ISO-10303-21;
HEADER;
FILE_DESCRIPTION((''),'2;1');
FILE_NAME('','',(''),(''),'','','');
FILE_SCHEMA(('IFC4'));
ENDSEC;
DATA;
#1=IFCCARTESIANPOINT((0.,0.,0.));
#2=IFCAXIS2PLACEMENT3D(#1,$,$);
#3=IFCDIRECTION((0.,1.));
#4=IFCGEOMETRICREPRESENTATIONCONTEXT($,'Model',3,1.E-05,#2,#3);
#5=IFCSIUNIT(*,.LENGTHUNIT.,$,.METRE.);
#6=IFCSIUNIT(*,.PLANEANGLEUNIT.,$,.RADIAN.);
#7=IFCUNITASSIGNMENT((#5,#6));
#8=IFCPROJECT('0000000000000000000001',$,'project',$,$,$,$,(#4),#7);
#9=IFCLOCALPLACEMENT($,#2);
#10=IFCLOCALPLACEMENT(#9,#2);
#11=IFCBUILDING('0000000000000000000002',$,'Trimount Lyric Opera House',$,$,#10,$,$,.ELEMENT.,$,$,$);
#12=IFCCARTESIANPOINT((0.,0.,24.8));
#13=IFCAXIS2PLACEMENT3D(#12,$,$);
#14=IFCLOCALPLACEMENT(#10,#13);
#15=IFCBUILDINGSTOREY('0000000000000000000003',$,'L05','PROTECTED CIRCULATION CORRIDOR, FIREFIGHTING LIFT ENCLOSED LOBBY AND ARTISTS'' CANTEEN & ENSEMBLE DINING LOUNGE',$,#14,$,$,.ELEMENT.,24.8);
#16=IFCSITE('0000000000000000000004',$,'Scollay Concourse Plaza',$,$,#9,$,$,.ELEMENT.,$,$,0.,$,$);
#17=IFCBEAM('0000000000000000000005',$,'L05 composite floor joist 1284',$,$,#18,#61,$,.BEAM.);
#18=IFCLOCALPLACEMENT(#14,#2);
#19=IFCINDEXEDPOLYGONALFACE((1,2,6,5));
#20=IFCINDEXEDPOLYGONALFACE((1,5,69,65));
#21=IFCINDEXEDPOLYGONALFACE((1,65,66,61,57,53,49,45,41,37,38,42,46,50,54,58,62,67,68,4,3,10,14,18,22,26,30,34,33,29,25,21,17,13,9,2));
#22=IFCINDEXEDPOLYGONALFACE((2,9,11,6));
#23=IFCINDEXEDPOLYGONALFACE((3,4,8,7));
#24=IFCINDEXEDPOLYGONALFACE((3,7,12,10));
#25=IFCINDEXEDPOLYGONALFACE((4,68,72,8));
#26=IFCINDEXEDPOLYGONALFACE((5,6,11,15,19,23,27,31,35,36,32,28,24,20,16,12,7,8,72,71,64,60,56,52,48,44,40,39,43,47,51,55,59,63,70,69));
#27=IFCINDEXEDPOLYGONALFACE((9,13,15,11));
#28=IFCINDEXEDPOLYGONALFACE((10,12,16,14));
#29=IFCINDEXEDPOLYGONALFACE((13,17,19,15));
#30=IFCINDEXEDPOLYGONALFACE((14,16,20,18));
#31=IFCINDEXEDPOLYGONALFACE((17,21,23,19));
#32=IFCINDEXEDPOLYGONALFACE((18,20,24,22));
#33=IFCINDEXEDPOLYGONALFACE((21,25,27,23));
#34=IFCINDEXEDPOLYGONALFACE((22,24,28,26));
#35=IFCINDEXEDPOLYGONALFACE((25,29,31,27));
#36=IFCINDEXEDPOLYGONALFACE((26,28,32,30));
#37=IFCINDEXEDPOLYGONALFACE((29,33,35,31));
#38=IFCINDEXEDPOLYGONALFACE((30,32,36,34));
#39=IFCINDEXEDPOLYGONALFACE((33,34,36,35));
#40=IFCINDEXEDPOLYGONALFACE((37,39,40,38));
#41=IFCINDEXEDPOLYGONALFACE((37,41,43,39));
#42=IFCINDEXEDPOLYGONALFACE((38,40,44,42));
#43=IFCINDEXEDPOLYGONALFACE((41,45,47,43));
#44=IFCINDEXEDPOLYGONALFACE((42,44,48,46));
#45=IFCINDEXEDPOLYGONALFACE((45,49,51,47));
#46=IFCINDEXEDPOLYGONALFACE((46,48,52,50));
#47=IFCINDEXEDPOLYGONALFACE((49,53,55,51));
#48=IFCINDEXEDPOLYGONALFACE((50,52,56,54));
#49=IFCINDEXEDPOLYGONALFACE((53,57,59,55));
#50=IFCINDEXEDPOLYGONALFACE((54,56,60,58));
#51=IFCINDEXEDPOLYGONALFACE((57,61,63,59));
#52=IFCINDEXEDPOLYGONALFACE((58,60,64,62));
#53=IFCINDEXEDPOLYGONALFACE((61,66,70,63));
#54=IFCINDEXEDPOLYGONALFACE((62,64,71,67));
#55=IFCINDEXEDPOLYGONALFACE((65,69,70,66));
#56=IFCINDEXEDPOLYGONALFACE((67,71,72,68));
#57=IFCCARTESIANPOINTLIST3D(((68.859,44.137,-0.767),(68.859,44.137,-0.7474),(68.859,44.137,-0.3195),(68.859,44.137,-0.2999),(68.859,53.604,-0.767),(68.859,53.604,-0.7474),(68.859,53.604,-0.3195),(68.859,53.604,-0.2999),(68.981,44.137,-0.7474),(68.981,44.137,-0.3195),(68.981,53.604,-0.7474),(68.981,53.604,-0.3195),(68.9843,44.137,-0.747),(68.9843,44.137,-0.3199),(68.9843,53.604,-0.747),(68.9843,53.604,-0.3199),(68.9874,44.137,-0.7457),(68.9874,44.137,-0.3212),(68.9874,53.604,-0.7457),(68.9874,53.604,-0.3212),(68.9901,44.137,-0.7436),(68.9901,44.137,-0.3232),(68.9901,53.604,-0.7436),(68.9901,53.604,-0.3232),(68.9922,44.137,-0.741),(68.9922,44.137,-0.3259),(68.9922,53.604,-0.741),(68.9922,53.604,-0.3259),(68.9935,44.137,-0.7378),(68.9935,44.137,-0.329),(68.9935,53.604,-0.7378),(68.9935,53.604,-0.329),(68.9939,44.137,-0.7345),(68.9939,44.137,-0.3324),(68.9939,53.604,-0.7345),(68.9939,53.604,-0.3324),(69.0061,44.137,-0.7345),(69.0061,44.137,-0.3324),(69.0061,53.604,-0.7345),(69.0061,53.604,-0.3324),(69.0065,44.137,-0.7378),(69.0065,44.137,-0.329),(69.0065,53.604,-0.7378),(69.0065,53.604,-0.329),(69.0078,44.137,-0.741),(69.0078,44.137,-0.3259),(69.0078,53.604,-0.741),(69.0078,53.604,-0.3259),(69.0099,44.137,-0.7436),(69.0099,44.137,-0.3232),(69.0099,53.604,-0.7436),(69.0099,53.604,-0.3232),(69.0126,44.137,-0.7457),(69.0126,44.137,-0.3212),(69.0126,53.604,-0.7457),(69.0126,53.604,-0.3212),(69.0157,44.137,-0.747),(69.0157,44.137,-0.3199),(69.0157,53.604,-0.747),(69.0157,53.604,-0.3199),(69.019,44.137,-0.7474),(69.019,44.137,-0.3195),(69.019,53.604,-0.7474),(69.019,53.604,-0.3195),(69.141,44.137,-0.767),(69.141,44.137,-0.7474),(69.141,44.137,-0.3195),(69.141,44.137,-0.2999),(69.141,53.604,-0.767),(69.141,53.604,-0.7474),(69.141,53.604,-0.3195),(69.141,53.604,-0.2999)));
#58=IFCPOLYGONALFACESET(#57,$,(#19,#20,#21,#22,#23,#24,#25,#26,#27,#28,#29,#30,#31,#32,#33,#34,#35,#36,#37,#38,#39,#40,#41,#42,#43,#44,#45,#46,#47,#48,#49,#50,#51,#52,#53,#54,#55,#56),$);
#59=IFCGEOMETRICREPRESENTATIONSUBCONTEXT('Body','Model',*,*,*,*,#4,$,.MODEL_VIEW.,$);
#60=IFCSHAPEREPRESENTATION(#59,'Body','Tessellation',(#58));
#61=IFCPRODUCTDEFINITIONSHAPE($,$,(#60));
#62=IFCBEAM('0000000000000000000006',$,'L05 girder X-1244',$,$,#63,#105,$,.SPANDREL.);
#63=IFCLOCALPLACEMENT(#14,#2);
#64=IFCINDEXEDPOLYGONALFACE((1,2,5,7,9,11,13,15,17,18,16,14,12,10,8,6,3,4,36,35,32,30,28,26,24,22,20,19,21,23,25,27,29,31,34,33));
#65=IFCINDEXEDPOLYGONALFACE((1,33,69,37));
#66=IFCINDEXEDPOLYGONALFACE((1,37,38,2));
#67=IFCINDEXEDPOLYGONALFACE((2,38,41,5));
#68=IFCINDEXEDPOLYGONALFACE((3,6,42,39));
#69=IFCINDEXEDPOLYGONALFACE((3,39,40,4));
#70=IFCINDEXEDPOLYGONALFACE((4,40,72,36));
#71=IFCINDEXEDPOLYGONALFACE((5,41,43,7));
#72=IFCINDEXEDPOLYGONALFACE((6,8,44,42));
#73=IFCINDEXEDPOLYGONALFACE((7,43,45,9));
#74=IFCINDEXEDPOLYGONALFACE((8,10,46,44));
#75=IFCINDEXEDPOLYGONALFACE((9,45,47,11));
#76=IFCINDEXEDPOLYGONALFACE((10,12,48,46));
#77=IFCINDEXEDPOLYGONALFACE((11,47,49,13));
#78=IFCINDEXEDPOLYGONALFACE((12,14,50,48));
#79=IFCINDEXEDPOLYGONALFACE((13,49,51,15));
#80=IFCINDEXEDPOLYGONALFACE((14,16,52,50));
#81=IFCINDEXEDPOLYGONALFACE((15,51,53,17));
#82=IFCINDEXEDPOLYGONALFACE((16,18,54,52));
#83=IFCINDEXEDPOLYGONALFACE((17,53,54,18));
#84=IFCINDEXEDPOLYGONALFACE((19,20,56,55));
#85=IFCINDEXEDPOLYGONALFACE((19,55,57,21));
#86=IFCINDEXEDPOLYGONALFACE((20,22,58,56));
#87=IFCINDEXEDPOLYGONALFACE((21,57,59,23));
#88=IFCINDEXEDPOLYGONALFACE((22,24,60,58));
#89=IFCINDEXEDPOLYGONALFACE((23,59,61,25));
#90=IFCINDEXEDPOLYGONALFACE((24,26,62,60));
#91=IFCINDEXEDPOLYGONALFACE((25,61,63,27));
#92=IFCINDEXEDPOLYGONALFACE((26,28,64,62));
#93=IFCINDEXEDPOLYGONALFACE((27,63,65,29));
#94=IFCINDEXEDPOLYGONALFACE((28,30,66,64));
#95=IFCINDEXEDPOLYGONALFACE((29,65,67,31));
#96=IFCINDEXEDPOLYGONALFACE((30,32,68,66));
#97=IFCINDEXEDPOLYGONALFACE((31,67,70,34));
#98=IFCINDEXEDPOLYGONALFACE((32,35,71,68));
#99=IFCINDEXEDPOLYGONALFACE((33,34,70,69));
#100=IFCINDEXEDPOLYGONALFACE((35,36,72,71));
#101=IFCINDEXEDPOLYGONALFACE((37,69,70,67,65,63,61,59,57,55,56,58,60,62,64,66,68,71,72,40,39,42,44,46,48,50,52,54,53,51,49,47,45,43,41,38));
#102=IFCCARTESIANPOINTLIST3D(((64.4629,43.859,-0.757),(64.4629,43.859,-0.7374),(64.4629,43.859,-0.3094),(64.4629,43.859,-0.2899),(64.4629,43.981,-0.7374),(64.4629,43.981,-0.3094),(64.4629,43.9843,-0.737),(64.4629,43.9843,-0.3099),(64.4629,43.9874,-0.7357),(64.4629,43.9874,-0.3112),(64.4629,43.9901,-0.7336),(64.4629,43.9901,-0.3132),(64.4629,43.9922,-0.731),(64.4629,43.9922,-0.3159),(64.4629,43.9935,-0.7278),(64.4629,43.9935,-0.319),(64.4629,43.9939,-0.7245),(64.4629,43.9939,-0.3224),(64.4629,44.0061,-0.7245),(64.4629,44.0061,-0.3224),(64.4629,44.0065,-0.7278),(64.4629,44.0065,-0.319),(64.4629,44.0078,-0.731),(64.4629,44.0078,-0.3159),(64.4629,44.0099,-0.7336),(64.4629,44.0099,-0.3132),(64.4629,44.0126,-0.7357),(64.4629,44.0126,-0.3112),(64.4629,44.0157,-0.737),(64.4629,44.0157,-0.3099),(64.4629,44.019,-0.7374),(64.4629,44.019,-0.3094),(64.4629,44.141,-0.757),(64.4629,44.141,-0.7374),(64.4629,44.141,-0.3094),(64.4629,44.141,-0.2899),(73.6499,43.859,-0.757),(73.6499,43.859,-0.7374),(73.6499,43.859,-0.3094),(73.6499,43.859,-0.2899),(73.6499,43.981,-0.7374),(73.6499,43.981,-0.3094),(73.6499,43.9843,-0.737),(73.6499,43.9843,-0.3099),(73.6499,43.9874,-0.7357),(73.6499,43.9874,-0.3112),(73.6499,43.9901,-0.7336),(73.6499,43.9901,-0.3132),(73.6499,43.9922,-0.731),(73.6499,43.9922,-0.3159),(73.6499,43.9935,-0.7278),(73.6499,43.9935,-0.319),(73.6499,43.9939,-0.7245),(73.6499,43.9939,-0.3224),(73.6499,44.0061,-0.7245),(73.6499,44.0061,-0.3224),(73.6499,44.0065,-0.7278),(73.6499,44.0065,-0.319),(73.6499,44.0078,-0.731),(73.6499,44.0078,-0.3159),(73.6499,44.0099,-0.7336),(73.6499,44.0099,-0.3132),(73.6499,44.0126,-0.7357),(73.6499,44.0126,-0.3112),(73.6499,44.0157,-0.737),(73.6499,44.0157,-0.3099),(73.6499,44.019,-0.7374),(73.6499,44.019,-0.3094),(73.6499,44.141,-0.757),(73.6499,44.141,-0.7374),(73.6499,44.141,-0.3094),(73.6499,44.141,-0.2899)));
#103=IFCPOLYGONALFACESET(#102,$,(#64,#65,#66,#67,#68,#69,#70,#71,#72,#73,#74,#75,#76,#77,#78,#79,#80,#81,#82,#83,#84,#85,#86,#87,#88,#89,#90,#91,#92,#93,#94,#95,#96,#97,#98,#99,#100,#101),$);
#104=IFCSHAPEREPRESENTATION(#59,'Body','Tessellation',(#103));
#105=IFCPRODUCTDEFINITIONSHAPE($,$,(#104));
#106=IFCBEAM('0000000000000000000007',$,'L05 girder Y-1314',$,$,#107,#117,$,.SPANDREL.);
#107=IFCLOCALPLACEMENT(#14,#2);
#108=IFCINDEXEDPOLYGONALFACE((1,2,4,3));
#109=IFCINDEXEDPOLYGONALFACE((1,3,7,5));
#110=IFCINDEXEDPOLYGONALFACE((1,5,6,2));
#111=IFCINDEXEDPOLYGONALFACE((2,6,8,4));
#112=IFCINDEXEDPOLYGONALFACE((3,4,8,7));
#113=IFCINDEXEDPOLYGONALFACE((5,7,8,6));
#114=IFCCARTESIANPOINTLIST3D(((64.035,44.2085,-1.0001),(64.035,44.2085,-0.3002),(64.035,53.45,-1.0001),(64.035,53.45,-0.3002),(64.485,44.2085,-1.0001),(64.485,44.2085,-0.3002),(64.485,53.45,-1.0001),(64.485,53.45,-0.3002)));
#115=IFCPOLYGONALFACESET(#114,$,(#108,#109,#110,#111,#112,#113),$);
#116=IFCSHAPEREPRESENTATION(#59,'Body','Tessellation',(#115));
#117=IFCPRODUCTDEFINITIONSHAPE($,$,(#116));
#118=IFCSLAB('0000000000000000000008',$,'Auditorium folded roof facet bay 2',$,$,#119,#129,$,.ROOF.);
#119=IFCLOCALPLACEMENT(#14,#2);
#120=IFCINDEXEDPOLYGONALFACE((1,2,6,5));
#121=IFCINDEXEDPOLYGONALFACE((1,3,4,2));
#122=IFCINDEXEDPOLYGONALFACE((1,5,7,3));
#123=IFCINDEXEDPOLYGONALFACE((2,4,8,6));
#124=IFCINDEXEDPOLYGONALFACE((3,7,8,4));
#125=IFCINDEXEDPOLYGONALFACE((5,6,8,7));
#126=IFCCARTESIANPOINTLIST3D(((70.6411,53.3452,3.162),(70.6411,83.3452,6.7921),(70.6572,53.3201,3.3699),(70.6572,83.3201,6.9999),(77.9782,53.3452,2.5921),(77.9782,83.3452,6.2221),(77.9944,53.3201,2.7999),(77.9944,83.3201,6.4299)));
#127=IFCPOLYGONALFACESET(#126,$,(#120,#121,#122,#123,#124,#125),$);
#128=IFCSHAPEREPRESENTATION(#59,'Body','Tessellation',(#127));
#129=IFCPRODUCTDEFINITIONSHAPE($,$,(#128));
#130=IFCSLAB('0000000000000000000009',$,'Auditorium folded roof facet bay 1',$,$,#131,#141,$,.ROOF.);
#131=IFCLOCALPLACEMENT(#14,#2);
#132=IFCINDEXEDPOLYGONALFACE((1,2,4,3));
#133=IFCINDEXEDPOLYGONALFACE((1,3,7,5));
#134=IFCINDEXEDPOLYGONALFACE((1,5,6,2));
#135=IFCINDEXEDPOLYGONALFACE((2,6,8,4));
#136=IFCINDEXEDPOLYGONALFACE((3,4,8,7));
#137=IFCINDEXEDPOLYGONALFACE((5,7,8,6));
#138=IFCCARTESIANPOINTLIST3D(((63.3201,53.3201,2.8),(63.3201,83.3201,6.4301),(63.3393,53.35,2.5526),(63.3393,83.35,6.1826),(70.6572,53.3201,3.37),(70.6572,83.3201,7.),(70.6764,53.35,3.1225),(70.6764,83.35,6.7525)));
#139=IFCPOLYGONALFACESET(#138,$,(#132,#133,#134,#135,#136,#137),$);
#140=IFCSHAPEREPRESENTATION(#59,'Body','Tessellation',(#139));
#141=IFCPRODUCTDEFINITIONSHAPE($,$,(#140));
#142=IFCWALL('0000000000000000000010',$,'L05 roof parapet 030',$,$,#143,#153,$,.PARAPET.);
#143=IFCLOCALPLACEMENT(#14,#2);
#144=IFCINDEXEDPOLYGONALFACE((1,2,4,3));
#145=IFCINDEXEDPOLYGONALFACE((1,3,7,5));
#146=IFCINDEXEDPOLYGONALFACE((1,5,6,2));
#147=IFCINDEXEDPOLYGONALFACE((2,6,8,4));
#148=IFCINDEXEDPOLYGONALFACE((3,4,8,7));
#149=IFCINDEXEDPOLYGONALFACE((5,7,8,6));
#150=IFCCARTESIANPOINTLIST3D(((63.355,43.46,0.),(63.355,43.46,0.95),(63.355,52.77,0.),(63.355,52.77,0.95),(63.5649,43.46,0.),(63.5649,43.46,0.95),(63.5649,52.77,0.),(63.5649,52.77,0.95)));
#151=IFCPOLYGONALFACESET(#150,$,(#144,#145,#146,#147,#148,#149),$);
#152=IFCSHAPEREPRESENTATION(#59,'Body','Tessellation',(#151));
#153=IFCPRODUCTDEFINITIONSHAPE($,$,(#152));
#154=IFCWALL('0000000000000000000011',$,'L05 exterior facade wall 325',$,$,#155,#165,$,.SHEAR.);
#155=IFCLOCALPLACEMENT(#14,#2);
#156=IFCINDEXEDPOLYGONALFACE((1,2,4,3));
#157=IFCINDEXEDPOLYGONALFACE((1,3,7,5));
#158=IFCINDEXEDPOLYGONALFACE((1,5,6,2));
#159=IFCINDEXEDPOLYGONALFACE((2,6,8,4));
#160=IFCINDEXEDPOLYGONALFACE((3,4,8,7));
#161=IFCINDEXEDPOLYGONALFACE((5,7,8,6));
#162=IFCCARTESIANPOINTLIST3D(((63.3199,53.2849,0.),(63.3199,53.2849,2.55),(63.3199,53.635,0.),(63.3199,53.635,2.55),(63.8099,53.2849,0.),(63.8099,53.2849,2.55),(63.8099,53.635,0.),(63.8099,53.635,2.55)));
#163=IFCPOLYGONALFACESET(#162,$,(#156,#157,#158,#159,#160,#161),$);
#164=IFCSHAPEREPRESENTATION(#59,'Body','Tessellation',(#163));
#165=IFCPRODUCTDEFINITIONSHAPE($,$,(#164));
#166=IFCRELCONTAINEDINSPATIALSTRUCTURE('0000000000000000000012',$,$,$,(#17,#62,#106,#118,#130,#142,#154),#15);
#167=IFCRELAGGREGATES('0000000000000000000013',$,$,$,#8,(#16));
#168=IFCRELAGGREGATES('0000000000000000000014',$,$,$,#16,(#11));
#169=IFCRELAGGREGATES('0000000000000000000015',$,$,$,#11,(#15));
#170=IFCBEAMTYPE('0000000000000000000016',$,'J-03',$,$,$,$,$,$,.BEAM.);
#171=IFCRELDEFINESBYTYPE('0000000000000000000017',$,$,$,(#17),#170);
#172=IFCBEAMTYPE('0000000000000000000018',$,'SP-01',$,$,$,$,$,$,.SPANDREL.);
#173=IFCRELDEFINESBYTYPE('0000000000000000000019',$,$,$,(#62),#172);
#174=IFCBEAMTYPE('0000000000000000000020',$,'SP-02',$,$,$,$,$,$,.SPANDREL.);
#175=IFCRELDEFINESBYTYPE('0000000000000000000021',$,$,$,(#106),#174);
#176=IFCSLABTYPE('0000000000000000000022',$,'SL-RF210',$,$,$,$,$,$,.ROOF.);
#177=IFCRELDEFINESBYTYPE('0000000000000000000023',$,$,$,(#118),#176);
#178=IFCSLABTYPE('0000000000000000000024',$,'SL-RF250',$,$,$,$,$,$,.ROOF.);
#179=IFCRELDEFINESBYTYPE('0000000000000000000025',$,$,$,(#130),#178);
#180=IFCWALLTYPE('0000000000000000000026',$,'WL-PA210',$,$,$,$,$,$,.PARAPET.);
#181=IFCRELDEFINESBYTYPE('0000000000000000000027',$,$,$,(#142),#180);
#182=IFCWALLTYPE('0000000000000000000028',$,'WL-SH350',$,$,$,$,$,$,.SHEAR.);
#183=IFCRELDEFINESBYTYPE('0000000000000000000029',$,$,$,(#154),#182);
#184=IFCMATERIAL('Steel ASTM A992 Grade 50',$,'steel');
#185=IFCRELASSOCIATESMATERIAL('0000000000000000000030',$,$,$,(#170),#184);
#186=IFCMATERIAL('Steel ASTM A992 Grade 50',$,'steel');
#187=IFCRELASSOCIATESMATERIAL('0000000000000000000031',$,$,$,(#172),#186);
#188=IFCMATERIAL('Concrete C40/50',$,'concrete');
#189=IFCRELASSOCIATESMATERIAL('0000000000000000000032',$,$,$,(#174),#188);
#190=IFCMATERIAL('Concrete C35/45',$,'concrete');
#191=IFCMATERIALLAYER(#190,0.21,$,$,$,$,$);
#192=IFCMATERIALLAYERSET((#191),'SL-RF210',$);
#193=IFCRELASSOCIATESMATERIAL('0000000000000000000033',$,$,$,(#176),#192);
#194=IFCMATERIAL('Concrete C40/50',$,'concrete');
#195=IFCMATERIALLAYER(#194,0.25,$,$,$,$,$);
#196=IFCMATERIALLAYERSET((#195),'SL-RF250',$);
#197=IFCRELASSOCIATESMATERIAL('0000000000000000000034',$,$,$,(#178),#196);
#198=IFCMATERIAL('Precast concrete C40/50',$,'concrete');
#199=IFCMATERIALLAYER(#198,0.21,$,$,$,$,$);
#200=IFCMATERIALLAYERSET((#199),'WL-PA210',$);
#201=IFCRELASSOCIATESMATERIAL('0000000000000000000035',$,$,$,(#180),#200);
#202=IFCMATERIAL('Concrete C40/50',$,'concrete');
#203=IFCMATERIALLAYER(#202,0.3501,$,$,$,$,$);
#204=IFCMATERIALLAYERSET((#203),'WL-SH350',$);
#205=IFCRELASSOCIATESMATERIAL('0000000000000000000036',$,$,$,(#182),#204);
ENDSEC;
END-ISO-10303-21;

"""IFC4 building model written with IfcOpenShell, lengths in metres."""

from ifc_helpers import new_model, si_unit, direction, frame, frame_2d, origin, origin_2d, place, context, subcontext, project, spatial, polyline, rectangle, i_section, outline, extrude, material, layer, layer_set, material_profile, profile_set, type_object, element, save


model = new_model("IFC4")

# Units and contexts
model_context = context("Model", 3, precision=1e-05, world=origin(), true_north=direction((0.0, 1.0)))
body_context = subcontext(model_context, "Body", "Model", "MODEL_VIEW")
ifc_project = project(units=[si_unit("LENGTHUNIT", "METRE"), si_unit("PLANEANGLEUNIT", "RADIAN")], contexts=[model_context])

# Site, building, storey
site_placement = place(None, origin())
site = spatial("IfcSite", under=ifc_project, at=site_placement, Name="Scollay Concourse Plaza", CompositionType="ELEMENT", RefElevation=0.0)
building_placement = place(site_placement, origin())
building = spatial("IfcBuilding", under=site, at=building_placement, Name="Trimount Lyric Opera House", CompositionType="ELEMENT")
storey_placement = place(building_placement, frame((0.0, 0.0, 24.8)))
storey = spatial("IfcBuildingStorey", under=building, at=storey_placement, Name="L05", Description="PROTECTED CIRCULATION CORRIDOR, FIREFIGHTING LIFT ENCLOSED LOBBY AND ARTISTS' CANTEEN & ENSEMBLE DINING LOUNGE", CompositionType="ELEMENT", Elevation=24.8)

# Beams
ifc_material_1 = material(Name="Steel ASTM A992 Grade 50", Category="steel")
ifc_material_profile_1 = material_profile(ifc_material_1, i_section(OverallWidth=0.282, OverallDepth=0.467, WebThickness=0.0122, FlangeThickness=0.0195, FilletRadius=0.0129, at=origin_2d()), Name="W18X86")
ifc_profile_set_1 = profile_set([ifc_material_profile_1], Name="Steel ASTM A992 Grade 50")
beam_type_1 = type_object("IfcBeamType", Name="J-03", PredefinedType="BEAM", material=ifc_profile_set_1)
beam_1_placement = place(storey_placement, frame((69.0, 44.137, -0.5334), z_axis=(0.0, 1.0, 0.0), x_axis=(-1.0, 0.0, 0.0)))
element("IfcBeam", 1, at=beam_1_placement, inside=storey, type_object=beam_type_1, Name="L05 composite floor joist 1284", PredefinedType="BEAM", context=body_context, shape_type="SweptSolid", body=[
    extrude(i_section(OverallWidth=0.282, OverallDepth=0.467, WebThickness=0.0122, FlangeThickness=0.0195, FilletRadius=0.0129, at=origin_2d()), origin(), (0.0, 0.0, 1.0), 9.467),
])
ifc_material_2 = material(Name="Steel ASTM A992 Grade 50", Category="steel")
ifc_material_profile_2 = material_profile(ifc_material_2, i_section(OverallWidth=0.282, OverallDepth=0.467, WebThickness=0.0122, FlangeThickness=0.0195, FilletRadius=0.0129, at=origin_2d()), Name="W18X86")
ifc_profile_set_2 = profile_set([ifc_material_profile_2], Name="Steel ASTM A992 Grade 50")
beam_type_2 = type_object("IfcBeamType", Name="SP-01", PredefinedType="SPANDREL", material=ifc_profile_set_2)
beam_2_placement = place(storey_placement, frame((64.4629, 44.0, -0.5234), z_axis=(1.0, 0.0, 0.0), x_axis=(0.0, 1.0, 0.0)))
element("IfcBeam", 2, at=beam_2_placement, inside=storey, type_object=beam_type_2, Name="L05 girder X-1244", PredefinedType="SPANDREL", context=body_context, shape_type="SweptSolid", body=[
    extrude(i_section(OverallWidth=0.282, OverallDepth=0.467, WebThickness=0.0122, FlangeThickness=0.0195, FilletRadius=0.0129, at=origin_2d()), origin(), (0.0, 0.0, 1.0), 9.187),
])
ifc_material_3 = material(Name="Concrete C40/50", Category="concrete")
ifc_material_profile_3 = material_profile(ifc_material_3, rectangle(XDim=0.45, YDim=0.7, at=origin_2d()), Name="RC450X700")
ifc_profile_set_3 = profile_set([ifc_material_profile_3], Name="Concrete C40/50")
beam_type_3 = type_object("IfcBeamType", Name="SP-02", PredefinedType="SPANDREL", material=ifc_profile_set_3)
beam_3_placement = place(storey_placement, frame((64.26, 44.2085, -0.6501), z_axis=(0.0, 1.0, 0.0), x_axis=(-1.0, 0.0, 0.0)))
element("IfcBeam", 3, at=beam_3_placement, inside=storey, type_object=beam_type_3, Name="L05 girder Y-1314", PredefinedType="SPANDREL", context=body_context, shape_type="SweptSolid", body=[
    extrude(rectangle(XDim=0.45, YDim=0.7, at=origin_2d()), origin(), (0.0, 0.0, 1.0), 9.2415),
])

# Slabs
ifc_material_4 = material(Name="Concrete C35/45", Category="concrete")
ifc_layer_1 = layer(ifc_material_4, 0.21)
ifc_layer_set_1 = layer_set([ifc_layer_1], Name="SL-RF210")
slab_type_1 = type_object("IfcSlabType", Name="SL-RF210", PredefinedType="ROOF", material=ifc_layer_set_1)
slab_1_placement = place(storey_placement, frame((70.6572, 53.3201, 3.3699), z_axis=(0.076889, -0.119768, 0.98982), x_axis=(0.996997, 0.000002, -0.077446)))
element("IfcSlab", 4, at=slab_1_placement, inside=storey, type_object=slab_type_1, Name="Auditorium folded roof facet bay 2", PredefinedType="ROOF", context=body_context, shape_type="SweptSolid", body=[
    extrude(outline(polyline([(0.0, 0.0), (7.3593, 0.0), (7.0782, 30.2175), (-0.2811, 30.2175), (0.0, 0.0)])), origin(), (0.0, 0.0, -1.0), 0.21),
])
ifc_material_5 = material(Name="Concrete C40/50", Category="concrete")
ifc_layer_2 = layer(ifc_material_5, 0.25)
ifc_layer_set_2 = layer_set([ifc_layer_2], Name="SL-RF250")
slab_type_2 = type_object("IfcSlabType", Name="SL-RF250", PredefinedType="ROOF", material=ifc_layer_set_2)
slab_2_placement = place(storey_placement, frame((63.3201, 53.3201, 2.8), z_axis=(-0.076889, -0.119768, 0.98982), x_axis=(0.996997, -0.000002, 0.077446)))
element("IfcSlab", 5, at=slab_2_placement, inside=storey, type_object=slab_type_2, Name="Auditorium folded roof facet bay 1", PredefinedType="ROOF", context=body_context, shape_type="SweptSolid", body=[
    extrude(outline(polyline([(0.0, 0.0), (7.3593, 0.0), (7.6403, 30.2175), (0.2811, 30.2175), (0.0, 0.0)])), origin(), (0.0, 0.0, -1.0), 0.25),
])

# Walls
ifc_material_6 = material(Name="Precast concrete C40/50", Category="concrete")
ifc_layer_3 = layer(ifc_material_6, 0.21)
ifc_layer_set_3 = layer_set([ifc_layer_3], Name="WL-PA210")
wall_type_1 = type_object("IfcWallType", Name="WL-PA210", PredefinedType="PARAPET", material=ifc_layer_set_3)
wall_1_placement = place(storey_placement, frame((63.46, 43.46, 0.0), z_axis=(0.0, 0.0, 1.0), x_axis=(0.0, 1.0, 0.0)))
element("IfcWall", 6, at=wall_1_placement, inside=storey, type_object=wall_type_1, Name="L05 roof parapet 030", PredefinedType="PARAPET", context=body_context, shape_type="SweptSolid", body=[
    extrude(rectangle(XDim=9.3101, YDim=0.21, at=frame_2d((4.655, 0.0))), origin(), (0.0, 0.0, 1.0), 0.95),
])
ifc_material_7 = material(Name="Concrete C40/50", Category="concrete")
ifc_layer_4 = layer(ifc_material_7, 0.3501)
ifc_layer_set_4 = layer_set([ifc_layer_4], Name="WL-SH350")
wall_type_2 = type_object("IfcWallType", Name="WL-SH350", PredefinedType="SHEAR", material=ifc_layer_set_4)
wall_2_placement = place(storey_placement, frame((63.8101, 53.46, 0.0), z_axis=(0.0, 0.0, 1.0), x_axis=(-1.0, 0.0, 0.0)))
element("IfcWall", 7, at=wall_2_placement, inside=storey, type_object=wall_type_2, Name="L05 exterior facade wall 325", PredefinedType="SHEAR", context=body_context, shape_type="SweptSolid", body=[
    extrude(rectangle(XDim=0.49, YDim=0.3501, at=frame_2d((0.2451, 0.0))), origin(), (0.0, 0.0, 1.0), 2.55),
])

save(model, "model.ifc")
